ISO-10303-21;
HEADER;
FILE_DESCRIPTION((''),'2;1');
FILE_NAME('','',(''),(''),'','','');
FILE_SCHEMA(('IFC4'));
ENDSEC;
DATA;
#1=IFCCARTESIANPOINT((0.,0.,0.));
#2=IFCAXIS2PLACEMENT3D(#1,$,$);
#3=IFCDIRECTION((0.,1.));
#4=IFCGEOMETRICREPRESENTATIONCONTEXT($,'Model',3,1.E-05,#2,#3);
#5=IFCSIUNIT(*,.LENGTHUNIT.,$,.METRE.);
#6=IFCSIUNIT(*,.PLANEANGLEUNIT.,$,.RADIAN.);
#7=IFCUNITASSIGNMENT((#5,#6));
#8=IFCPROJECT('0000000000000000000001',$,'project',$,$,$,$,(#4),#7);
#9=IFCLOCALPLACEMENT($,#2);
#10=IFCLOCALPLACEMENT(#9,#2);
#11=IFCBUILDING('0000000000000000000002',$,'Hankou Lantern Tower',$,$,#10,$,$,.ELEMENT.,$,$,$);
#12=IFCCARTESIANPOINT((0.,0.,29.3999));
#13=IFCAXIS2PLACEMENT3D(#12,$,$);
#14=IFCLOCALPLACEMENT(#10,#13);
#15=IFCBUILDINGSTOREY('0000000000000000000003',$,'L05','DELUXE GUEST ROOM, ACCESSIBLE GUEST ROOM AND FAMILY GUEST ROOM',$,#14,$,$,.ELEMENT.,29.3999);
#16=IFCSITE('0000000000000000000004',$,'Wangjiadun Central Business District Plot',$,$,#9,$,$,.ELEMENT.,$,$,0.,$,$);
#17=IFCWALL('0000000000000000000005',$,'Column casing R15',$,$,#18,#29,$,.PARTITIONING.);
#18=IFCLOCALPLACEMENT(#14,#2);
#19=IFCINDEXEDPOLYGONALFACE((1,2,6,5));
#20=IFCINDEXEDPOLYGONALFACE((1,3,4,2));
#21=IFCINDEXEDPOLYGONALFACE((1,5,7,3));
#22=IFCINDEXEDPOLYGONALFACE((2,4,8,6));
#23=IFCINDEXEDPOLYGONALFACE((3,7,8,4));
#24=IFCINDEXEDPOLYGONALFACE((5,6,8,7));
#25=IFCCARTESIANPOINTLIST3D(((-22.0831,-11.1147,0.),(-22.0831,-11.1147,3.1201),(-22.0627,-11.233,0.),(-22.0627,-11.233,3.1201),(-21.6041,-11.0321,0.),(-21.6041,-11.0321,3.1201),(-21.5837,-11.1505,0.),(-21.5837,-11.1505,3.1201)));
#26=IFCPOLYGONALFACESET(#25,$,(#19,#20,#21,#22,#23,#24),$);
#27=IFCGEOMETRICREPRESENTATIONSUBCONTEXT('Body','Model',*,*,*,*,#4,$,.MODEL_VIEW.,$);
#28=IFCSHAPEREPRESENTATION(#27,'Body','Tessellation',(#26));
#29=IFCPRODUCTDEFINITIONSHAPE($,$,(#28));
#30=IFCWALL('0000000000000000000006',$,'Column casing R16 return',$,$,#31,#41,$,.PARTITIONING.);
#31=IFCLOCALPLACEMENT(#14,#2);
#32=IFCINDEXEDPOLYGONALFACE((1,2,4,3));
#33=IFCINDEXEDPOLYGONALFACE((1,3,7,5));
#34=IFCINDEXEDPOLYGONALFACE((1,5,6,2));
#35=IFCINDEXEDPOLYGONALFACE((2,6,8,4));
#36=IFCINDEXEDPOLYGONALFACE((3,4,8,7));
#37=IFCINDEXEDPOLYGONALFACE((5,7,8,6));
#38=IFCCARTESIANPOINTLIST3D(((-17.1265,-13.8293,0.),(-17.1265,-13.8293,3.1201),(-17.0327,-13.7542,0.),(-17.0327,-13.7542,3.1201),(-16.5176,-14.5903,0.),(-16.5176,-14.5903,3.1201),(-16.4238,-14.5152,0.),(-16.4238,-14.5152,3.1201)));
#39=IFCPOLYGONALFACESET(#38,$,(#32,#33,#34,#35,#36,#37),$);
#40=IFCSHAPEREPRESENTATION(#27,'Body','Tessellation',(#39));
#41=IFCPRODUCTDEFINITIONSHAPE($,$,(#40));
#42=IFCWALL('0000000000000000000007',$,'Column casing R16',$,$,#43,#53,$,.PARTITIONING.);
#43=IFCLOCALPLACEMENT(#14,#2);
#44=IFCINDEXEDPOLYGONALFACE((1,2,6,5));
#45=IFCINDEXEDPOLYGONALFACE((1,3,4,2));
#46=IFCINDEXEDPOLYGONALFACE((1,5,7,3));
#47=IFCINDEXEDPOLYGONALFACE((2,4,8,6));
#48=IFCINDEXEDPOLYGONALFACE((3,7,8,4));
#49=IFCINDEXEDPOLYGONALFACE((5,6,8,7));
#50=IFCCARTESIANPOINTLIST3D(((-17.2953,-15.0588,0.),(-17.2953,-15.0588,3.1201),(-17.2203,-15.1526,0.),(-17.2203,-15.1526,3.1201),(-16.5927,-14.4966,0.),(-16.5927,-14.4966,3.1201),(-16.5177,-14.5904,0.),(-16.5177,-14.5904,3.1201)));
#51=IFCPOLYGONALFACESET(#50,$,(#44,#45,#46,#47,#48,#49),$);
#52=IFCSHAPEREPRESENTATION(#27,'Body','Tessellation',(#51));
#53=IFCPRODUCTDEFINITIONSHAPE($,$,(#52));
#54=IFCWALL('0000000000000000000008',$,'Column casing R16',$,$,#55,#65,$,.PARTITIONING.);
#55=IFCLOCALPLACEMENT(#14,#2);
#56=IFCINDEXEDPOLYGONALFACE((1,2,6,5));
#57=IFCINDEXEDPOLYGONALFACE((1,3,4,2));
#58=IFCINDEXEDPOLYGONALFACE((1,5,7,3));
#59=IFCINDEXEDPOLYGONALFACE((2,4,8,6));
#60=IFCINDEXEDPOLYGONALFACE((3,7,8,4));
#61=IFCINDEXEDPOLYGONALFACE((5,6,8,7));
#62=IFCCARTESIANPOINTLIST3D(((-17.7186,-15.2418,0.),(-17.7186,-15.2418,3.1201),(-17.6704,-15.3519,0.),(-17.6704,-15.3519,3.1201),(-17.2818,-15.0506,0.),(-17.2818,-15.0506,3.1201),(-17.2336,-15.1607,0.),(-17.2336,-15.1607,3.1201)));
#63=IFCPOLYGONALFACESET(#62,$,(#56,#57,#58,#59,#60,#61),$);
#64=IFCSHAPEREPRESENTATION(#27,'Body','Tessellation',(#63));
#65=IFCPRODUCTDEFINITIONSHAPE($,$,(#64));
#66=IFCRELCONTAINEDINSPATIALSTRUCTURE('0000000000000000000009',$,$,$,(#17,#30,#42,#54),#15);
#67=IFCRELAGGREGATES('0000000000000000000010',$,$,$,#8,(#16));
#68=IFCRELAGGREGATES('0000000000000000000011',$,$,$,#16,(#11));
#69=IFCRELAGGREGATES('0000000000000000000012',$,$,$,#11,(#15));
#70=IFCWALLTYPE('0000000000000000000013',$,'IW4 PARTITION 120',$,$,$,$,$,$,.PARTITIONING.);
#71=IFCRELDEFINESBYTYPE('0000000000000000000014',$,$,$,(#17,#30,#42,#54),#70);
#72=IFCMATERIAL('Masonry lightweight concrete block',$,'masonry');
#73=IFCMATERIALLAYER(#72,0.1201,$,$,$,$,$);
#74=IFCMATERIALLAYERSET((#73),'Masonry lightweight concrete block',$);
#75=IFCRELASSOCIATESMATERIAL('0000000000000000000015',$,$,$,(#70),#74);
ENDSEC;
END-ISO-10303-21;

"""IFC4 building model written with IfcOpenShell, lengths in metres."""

from ifc_helpers import new_model, si_unit, direction, frame, frame_2d, origin, place, context, subcontext, project, spatial, rectangle, extrude, material, layer, layer_set, type_object, element, save


model = new_model("IFC4")

# Units and contexts
model_context = context("Model", 3, precision=1e-05, world=origin(), true_north=direction((0.0, 1.0)))
body_context = subcontext(model_context, "Body", "Model", "MODEL_VIEW")
ifc_project = project(units=[si_unit("LENGTHUNIT", "METRE"), si_unit("PLANEANGLEUNIT", "RADIAN")], contexts=[model_context])

# Site, building, storey
site_placement = place(None, origin())
site = spatial("IfcSite", under=ifc_project, at=site_placement, Name="Wangjiadun Central Business District Plot", CompositionType="ELEMENT", RefElevation=0.0)
building_placement = place(site_placement, origin())
building = spatial("IfcBuilding", under=site, at=building_placement, Name="Hankou Lantern Tower", CompositionType="ELEMENT")
storey_placement = place(building_placement, frame((0.0, 0.0, 29.3999)))
storey = spatial("IfcBuildingStorey", under=building, at=storey_placement, Name="L05", Description="DELUXE GUEST ROOM, ACCESSIBLE GUEST ROOM AND FAMILY GUEST ROOM", CompositionType="ELEMENT", Elevation=29.3999)

# Walls
ifc_material_1 = material(Name="Masonry lightweight concrete block", Category="masonry")
ifc_layer_1 = layer(ifc_material_1, 0.1201)
ifc_layer_set_1 = layer_set([ifc_layer_1], Name="Masonry lightweight concrete block")
wall_type_1 = type_object("IfcWallType", Name="IW4 PARTITION 120", PredefinedType="PARTITIONING", material=ifc_layer_set_1)
wall_1_placement = place(storey_placement, frame((-21.5938, -11.0913, 0.0), z_axis=(0.0, 0.0, 1.0), x_axis=(-0.985483, -0.169772, 0.0)))
element("IfcWall", 1, at=wall_1_placement, inside=storey, type_object=wall_type_1, Name="Column casing R15", PredefinedType="PARTITIONING", context=body_context, shape_type="SweptSolid", body=[
    extrude(rectangle(XDim=0.4861, YDim=0.1201, at=frame_2d((0.2432, 0.0))), origin(), (0.0, 0.0, 1.0), 3.1201),
])
wall_2_placement = place(storey_placement, frame((-17.0796, -13.7917, 0.0), z_axis=(0.0, 0.0, 1.0), x_axis=(0.624756, -0.78082, 0.0)))
element("IfcWall", 2, at=wall_2_placement, inside=storey, type_object=wall_type_1, Name="Column casing R16 return", PredefinedType="PARTITIONING", context=body_context, shape_type="SweptSolid", body=[
    extrude(rectangle(XDim=0.9746, YDim=0.1201, at=frame_2d((0.4873, 0.0))), origin(), (0.0, 0.0, 1.0), 3.1201),
])
wall_3_placement = place(storey_placement, frame((-16.5552, -14.5435, 0.0), z_axis=(0.0, 0.0, 1.0), x_axis=(-0.780789, -0.624794, 0.0)))
element("IfcWall", 3, at=wall_3_placement, inside=storey, type_object=wall_type_1, Name="Column casing R16", PredefinedType="PARTITIONING", context=body_context, shape_type="SweptSolid", body=[
    extrude(rectangle(XDim=0.8999, YDim=0.1201, at=frame_2d((0.45, 0.0))), origin(), (0.0, 0.0, 1.0), 3.1201),
])
wall_4_placement = place(storey_placement, frame((-17.2578, -15.1057, 0.0), z_axis=(0.0, 0.0, 1.0), x_axis=(-0.916099, -0.400953, 0.0)))
element("IfcWall", 4, at=wall_4_placement, inside=storey, type_object=wall_type_1, Name="Column casing R16", PredefinedType="PARTITIONING", context=body_context, shape_type="SweptSolid", body=[
    extrude(rectangle(XDim=0.4768, YDim=0.1201, at=frame_2d((0.2383, 0.0))), origin(), (0.0, 0.0, 1.0), 3.1201),
])

save(model, "model.ifc")
